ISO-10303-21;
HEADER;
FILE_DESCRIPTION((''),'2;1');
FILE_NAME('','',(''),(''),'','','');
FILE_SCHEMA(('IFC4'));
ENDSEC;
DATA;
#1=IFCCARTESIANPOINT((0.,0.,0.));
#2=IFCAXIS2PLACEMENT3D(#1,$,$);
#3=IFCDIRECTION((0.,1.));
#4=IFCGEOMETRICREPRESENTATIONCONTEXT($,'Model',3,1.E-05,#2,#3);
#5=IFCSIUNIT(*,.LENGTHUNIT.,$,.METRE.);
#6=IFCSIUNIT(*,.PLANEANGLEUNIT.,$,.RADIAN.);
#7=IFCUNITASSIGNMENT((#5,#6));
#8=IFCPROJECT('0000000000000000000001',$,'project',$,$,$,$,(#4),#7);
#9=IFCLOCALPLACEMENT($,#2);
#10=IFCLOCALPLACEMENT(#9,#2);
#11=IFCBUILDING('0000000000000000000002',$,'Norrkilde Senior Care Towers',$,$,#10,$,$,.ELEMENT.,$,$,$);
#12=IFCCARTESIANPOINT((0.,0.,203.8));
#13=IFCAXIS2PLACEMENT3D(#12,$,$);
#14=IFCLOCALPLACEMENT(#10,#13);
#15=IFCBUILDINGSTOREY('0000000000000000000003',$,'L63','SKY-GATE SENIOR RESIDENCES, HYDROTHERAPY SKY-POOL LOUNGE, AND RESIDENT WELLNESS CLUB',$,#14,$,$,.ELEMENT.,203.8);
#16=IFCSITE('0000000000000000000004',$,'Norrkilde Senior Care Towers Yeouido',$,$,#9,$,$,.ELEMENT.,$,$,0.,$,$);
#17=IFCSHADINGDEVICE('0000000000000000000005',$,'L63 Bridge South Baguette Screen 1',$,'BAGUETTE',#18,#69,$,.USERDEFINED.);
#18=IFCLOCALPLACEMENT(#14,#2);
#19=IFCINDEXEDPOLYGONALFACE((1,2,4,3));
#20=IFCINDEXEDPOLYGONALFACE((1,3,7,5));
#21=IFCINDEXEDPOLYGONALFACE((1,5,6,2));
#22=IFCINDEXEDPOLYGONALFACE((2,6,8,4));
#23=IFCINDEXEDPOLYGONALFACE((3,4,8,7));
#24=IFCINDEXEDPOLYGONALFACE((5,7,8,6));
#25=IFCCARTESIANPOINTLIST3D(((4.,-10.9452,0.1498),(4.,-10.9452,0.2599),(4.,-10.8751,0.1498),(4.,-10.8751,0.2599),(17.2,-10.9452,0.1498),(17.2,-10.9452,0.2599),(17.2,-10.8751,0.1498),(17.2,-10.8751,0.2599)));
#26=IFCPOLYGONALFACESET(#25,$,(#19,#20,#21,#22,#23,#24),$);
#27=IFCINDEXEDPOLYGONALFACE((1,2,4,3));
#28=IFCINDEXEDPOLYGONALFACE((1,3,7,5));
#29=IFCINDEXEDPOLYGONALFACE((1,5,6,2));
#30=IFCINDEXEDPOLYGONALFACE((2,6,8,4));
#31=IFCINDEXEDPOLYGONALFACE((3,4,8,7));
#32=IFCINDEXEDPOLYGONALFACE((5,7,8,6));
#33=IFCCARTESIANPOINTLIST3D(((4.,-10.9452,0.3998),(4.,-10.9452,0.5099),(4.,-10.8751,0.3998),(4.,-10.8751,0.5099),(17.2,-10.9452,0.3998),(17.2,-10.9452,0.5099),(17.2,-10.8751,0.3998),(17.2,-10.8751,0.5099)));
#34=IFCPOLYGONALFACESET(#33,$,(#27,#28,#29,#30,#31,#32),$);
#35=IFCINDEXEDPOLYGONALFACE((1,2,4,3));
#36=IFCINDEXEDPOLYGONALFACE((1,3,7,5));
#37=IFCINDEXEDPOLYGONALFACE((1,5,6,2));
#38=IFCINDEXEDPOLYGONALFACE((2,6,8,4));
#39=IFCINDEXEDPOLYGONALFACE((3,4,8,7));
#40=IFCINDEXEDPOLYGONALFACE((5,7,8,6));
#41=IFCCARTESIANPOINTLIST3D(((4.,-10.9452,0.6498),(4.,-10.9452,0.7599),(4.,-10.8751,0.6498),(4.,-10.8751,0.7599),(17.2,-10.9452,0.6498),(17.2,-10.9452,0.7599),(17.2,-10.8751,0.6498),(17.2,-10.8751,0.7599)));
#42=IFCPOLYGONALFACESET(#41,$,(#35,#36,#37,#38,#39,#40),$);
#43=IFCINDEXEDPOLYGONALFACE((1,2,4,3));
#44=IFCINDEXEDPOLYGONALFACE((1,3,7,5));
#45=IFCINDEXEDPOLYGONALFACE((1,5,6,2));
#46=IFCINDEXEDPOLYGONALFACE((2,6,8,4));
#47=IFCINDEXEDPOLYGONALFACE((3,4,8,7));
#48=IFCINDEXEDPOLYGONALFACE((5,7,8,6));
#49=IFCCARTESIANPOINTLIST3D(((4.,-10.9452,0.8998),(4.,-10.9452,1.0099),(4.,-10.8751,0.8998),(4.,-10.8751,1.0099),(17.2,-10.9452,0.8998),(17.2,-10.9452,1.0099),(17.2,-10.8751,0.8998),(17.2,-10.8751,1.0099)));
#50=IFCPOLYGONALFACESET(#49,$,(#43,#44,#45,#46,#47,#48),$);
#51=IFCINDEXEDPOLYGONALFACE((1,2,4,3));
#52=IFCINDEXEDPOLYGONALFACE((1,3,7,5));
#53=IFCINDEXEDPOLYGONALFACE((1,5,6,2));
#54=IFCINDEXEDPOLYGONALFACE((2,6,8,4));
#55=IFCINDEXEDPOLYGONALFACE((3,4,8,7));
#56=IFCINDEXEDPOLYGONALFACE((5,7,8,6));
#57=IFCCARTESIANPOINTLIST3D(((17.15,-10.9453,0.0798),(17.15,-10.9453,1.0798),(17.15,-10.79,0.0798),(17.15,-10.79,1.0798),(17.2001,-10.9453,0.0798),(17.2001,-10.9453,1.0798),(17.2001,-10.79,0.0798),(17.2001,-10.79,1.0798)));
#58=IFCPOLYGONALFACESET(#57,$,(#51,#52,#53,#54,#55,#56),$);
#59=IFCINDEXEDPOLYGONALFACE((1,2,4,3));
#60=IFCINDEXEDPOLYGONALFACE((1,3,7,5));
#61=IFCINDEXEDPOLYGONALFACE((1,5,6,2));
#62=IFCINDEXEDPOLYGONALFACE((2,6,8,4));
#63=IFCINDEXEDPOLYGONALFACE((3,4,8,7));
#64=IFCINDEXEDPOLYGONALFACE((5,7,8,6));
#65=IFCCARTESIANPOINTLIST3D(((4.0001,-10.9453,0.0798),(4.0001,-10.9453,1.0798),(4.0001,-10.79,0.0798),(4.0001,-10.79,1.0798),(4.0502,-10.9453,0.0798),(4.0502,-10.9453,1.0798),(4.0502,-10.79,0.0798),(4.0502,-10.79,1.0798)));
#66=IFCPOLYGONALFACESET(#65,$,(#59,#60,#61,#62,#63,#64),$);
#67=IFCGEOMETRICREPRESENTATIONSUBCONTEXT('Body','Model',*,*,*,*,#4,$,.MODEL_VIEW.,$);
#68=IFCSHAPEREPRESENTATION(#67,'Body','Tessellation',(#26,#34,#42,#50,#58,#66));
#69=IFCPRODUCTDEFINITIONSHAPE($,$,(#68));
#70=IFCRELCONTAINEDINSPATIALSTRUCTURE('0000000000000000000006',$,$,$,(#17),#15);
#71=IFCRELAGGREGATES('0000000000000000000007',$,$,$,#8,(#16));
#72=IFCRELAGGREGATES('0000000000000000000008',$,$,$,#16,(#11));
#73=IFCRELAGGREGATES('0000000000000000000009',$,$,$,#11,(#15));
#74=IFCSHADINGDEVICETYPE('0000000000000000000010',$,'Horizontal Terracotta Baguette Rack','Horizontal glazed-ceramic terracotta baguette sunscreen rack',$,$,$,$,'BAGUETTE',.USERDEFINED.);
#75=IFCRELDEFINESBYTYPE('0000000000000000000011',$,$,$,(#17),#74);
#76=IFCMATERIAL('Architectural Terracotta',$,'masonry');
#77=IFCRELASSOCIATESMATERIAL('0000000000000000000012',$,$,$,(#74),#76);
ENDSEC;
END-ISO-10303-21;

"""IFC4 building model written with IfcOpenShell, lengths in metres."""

from ifc_helpers import new_model, si_unit, direction, frame, origin, origin_2d, place, context, subcontext, project, spatial, rectangle, extrude, source, transform, mapped, material, type_object, type_shapes, element, save


model = new_model("IFC4")

# Units and contexts
model_context = context("Model", 3, precision=1e-05, world=origin(), true_north=direction((0.0, 1.0)))
body_context = subcontext(model_context, "Body", "Model", "MODEL_VIEW")
ifc_project = project(units=[si_unit("LENGTHUNIT", "METRE"), si_unit("PLANEANGLEUNIT", "RADIAN")], contexts=[model_context])

# Site, building, storey
site_placement = place(None, origin())
site = spatial("IfcSite", under=ifc_project, at=site_placement, Name="Norrkilde Senior Care Towers Yeouido", CompositionType="ELEMENT", RefElevation=0.0)
building_placement = place(site_placement, origin())
building = spatial("IfcBuilding", under=site, at=building_placement, Name="Norrkilde Senior Care Towers", CompositionType="ELEMENT")
storey_placement = place(building_placement, frame((0.0, 0.0, 203.8)))
storey = spatial("IfcBuildingStorey", under=building, at=storey_placement, Name="L63", Description="SKY-GATE SENIOR RESIDENCES, HYDROTHERAPY SKY-POOL LOUNGE, AND RESIDENT WELLNESS CLUB", CompositionType="ELEMENT", Elevation=203.8)

# Shared definitions
ifc_material_1 = material(Name="Architectural Terracotta", Category="masonry")

# Shading device
shading_device_type = type_object("IfcShadingDeviceType", Name="Horizontal Terracotta Baguette Rack", Description="Horizontal glazed-ceramic terracotta baguette sunscreen rack", ElementType="BAGUETTE", PredefinedType="USERDEFINED", material=ifc_material_1)
shared_shape_1 = source(origin(), body_context, "Body", "SweptSolid", [
    extrude(rectangle(XDim=0.0701, YDim=0.1101, at=origin_2d()), frame((0.0, 0.0901, 0.125), z_axis=(1.0, 0.0, 0.0), x_axis=(0.0, 1.0, 0.0)), (0.0, 0.0, 1.0), 13.2),
    extrude(rectangle(XDim=0.0701, YDim=0.1101, at=origin_2d()), frame((0.0, 0.0901, 0.375), z_axis=(1.0, 0.0, 0.0), x_axis=(0.0, 1.0, 0.0)), (0.0, 0.0, 1.0), 13.2),
    extrude(rectangle(XDim=0.0701, YDim=0.1101, at=origin_2d()), frame((0.0, 0.0901, 0.625), z_axis=(1.0, 0.0, 0.0), x_axis=(0.0, 1.0, 0.0)), (0.0, 0.0, 1.0), 13.2),
    extrude(rectangle(XDim=0.0701, YDim=0.1101, at=origin_2d()), frame((0.0, 0.0901, 0.875), z_axis=(1.0, 0.0, 0.0), x_axis=(0.0, 1.0, 0.0)), (0.0, 0.0, 1.0), 13.2),
    extrude(rectangle(XDim=0.05, YDim=0.1553, at=origin_2d()), frame((0.0249, 0.0476, 0.0)), (0.0, 0.0, 1.0), 1.0),
    extrude(rectangle(XDim=0.05, YDim=0.1553, at=origin_2d()), frame((13.1748, 0.0476, 0.0)), (0.0, 0.0, 1.0), 1.0),
])
type_shapes(shading_device_type, [shared_shape_1])
shading_device_placement = place(storey_placement, frame((17.2, -10.8201, 0.0798), z_axis=(0.0, 0.0, 1.0), x_axis=(-1.0, 0.0, 0.0)))
element("IfcShadingDevice", 1, at=shading_device_placement, inside=storey, type_object=shading_device_type, Name="L63 Bridge South Baguette Screen 1", ObjectType="BAGUETTE", PredefinedType="USERDEFINED", context=body_context, shape_type="MappedRepresentation", body=[
    mapped(shared_shape_1, transform((0.0, 0.0, 0.0), x_axis=(1.0, 0.0, 0.0), y_axis=(0.0, 1.0, 0.0), z_axis=(0.0, 0.0, 1.0), scale=1.0)),
])

save(model, "model.ifc")
